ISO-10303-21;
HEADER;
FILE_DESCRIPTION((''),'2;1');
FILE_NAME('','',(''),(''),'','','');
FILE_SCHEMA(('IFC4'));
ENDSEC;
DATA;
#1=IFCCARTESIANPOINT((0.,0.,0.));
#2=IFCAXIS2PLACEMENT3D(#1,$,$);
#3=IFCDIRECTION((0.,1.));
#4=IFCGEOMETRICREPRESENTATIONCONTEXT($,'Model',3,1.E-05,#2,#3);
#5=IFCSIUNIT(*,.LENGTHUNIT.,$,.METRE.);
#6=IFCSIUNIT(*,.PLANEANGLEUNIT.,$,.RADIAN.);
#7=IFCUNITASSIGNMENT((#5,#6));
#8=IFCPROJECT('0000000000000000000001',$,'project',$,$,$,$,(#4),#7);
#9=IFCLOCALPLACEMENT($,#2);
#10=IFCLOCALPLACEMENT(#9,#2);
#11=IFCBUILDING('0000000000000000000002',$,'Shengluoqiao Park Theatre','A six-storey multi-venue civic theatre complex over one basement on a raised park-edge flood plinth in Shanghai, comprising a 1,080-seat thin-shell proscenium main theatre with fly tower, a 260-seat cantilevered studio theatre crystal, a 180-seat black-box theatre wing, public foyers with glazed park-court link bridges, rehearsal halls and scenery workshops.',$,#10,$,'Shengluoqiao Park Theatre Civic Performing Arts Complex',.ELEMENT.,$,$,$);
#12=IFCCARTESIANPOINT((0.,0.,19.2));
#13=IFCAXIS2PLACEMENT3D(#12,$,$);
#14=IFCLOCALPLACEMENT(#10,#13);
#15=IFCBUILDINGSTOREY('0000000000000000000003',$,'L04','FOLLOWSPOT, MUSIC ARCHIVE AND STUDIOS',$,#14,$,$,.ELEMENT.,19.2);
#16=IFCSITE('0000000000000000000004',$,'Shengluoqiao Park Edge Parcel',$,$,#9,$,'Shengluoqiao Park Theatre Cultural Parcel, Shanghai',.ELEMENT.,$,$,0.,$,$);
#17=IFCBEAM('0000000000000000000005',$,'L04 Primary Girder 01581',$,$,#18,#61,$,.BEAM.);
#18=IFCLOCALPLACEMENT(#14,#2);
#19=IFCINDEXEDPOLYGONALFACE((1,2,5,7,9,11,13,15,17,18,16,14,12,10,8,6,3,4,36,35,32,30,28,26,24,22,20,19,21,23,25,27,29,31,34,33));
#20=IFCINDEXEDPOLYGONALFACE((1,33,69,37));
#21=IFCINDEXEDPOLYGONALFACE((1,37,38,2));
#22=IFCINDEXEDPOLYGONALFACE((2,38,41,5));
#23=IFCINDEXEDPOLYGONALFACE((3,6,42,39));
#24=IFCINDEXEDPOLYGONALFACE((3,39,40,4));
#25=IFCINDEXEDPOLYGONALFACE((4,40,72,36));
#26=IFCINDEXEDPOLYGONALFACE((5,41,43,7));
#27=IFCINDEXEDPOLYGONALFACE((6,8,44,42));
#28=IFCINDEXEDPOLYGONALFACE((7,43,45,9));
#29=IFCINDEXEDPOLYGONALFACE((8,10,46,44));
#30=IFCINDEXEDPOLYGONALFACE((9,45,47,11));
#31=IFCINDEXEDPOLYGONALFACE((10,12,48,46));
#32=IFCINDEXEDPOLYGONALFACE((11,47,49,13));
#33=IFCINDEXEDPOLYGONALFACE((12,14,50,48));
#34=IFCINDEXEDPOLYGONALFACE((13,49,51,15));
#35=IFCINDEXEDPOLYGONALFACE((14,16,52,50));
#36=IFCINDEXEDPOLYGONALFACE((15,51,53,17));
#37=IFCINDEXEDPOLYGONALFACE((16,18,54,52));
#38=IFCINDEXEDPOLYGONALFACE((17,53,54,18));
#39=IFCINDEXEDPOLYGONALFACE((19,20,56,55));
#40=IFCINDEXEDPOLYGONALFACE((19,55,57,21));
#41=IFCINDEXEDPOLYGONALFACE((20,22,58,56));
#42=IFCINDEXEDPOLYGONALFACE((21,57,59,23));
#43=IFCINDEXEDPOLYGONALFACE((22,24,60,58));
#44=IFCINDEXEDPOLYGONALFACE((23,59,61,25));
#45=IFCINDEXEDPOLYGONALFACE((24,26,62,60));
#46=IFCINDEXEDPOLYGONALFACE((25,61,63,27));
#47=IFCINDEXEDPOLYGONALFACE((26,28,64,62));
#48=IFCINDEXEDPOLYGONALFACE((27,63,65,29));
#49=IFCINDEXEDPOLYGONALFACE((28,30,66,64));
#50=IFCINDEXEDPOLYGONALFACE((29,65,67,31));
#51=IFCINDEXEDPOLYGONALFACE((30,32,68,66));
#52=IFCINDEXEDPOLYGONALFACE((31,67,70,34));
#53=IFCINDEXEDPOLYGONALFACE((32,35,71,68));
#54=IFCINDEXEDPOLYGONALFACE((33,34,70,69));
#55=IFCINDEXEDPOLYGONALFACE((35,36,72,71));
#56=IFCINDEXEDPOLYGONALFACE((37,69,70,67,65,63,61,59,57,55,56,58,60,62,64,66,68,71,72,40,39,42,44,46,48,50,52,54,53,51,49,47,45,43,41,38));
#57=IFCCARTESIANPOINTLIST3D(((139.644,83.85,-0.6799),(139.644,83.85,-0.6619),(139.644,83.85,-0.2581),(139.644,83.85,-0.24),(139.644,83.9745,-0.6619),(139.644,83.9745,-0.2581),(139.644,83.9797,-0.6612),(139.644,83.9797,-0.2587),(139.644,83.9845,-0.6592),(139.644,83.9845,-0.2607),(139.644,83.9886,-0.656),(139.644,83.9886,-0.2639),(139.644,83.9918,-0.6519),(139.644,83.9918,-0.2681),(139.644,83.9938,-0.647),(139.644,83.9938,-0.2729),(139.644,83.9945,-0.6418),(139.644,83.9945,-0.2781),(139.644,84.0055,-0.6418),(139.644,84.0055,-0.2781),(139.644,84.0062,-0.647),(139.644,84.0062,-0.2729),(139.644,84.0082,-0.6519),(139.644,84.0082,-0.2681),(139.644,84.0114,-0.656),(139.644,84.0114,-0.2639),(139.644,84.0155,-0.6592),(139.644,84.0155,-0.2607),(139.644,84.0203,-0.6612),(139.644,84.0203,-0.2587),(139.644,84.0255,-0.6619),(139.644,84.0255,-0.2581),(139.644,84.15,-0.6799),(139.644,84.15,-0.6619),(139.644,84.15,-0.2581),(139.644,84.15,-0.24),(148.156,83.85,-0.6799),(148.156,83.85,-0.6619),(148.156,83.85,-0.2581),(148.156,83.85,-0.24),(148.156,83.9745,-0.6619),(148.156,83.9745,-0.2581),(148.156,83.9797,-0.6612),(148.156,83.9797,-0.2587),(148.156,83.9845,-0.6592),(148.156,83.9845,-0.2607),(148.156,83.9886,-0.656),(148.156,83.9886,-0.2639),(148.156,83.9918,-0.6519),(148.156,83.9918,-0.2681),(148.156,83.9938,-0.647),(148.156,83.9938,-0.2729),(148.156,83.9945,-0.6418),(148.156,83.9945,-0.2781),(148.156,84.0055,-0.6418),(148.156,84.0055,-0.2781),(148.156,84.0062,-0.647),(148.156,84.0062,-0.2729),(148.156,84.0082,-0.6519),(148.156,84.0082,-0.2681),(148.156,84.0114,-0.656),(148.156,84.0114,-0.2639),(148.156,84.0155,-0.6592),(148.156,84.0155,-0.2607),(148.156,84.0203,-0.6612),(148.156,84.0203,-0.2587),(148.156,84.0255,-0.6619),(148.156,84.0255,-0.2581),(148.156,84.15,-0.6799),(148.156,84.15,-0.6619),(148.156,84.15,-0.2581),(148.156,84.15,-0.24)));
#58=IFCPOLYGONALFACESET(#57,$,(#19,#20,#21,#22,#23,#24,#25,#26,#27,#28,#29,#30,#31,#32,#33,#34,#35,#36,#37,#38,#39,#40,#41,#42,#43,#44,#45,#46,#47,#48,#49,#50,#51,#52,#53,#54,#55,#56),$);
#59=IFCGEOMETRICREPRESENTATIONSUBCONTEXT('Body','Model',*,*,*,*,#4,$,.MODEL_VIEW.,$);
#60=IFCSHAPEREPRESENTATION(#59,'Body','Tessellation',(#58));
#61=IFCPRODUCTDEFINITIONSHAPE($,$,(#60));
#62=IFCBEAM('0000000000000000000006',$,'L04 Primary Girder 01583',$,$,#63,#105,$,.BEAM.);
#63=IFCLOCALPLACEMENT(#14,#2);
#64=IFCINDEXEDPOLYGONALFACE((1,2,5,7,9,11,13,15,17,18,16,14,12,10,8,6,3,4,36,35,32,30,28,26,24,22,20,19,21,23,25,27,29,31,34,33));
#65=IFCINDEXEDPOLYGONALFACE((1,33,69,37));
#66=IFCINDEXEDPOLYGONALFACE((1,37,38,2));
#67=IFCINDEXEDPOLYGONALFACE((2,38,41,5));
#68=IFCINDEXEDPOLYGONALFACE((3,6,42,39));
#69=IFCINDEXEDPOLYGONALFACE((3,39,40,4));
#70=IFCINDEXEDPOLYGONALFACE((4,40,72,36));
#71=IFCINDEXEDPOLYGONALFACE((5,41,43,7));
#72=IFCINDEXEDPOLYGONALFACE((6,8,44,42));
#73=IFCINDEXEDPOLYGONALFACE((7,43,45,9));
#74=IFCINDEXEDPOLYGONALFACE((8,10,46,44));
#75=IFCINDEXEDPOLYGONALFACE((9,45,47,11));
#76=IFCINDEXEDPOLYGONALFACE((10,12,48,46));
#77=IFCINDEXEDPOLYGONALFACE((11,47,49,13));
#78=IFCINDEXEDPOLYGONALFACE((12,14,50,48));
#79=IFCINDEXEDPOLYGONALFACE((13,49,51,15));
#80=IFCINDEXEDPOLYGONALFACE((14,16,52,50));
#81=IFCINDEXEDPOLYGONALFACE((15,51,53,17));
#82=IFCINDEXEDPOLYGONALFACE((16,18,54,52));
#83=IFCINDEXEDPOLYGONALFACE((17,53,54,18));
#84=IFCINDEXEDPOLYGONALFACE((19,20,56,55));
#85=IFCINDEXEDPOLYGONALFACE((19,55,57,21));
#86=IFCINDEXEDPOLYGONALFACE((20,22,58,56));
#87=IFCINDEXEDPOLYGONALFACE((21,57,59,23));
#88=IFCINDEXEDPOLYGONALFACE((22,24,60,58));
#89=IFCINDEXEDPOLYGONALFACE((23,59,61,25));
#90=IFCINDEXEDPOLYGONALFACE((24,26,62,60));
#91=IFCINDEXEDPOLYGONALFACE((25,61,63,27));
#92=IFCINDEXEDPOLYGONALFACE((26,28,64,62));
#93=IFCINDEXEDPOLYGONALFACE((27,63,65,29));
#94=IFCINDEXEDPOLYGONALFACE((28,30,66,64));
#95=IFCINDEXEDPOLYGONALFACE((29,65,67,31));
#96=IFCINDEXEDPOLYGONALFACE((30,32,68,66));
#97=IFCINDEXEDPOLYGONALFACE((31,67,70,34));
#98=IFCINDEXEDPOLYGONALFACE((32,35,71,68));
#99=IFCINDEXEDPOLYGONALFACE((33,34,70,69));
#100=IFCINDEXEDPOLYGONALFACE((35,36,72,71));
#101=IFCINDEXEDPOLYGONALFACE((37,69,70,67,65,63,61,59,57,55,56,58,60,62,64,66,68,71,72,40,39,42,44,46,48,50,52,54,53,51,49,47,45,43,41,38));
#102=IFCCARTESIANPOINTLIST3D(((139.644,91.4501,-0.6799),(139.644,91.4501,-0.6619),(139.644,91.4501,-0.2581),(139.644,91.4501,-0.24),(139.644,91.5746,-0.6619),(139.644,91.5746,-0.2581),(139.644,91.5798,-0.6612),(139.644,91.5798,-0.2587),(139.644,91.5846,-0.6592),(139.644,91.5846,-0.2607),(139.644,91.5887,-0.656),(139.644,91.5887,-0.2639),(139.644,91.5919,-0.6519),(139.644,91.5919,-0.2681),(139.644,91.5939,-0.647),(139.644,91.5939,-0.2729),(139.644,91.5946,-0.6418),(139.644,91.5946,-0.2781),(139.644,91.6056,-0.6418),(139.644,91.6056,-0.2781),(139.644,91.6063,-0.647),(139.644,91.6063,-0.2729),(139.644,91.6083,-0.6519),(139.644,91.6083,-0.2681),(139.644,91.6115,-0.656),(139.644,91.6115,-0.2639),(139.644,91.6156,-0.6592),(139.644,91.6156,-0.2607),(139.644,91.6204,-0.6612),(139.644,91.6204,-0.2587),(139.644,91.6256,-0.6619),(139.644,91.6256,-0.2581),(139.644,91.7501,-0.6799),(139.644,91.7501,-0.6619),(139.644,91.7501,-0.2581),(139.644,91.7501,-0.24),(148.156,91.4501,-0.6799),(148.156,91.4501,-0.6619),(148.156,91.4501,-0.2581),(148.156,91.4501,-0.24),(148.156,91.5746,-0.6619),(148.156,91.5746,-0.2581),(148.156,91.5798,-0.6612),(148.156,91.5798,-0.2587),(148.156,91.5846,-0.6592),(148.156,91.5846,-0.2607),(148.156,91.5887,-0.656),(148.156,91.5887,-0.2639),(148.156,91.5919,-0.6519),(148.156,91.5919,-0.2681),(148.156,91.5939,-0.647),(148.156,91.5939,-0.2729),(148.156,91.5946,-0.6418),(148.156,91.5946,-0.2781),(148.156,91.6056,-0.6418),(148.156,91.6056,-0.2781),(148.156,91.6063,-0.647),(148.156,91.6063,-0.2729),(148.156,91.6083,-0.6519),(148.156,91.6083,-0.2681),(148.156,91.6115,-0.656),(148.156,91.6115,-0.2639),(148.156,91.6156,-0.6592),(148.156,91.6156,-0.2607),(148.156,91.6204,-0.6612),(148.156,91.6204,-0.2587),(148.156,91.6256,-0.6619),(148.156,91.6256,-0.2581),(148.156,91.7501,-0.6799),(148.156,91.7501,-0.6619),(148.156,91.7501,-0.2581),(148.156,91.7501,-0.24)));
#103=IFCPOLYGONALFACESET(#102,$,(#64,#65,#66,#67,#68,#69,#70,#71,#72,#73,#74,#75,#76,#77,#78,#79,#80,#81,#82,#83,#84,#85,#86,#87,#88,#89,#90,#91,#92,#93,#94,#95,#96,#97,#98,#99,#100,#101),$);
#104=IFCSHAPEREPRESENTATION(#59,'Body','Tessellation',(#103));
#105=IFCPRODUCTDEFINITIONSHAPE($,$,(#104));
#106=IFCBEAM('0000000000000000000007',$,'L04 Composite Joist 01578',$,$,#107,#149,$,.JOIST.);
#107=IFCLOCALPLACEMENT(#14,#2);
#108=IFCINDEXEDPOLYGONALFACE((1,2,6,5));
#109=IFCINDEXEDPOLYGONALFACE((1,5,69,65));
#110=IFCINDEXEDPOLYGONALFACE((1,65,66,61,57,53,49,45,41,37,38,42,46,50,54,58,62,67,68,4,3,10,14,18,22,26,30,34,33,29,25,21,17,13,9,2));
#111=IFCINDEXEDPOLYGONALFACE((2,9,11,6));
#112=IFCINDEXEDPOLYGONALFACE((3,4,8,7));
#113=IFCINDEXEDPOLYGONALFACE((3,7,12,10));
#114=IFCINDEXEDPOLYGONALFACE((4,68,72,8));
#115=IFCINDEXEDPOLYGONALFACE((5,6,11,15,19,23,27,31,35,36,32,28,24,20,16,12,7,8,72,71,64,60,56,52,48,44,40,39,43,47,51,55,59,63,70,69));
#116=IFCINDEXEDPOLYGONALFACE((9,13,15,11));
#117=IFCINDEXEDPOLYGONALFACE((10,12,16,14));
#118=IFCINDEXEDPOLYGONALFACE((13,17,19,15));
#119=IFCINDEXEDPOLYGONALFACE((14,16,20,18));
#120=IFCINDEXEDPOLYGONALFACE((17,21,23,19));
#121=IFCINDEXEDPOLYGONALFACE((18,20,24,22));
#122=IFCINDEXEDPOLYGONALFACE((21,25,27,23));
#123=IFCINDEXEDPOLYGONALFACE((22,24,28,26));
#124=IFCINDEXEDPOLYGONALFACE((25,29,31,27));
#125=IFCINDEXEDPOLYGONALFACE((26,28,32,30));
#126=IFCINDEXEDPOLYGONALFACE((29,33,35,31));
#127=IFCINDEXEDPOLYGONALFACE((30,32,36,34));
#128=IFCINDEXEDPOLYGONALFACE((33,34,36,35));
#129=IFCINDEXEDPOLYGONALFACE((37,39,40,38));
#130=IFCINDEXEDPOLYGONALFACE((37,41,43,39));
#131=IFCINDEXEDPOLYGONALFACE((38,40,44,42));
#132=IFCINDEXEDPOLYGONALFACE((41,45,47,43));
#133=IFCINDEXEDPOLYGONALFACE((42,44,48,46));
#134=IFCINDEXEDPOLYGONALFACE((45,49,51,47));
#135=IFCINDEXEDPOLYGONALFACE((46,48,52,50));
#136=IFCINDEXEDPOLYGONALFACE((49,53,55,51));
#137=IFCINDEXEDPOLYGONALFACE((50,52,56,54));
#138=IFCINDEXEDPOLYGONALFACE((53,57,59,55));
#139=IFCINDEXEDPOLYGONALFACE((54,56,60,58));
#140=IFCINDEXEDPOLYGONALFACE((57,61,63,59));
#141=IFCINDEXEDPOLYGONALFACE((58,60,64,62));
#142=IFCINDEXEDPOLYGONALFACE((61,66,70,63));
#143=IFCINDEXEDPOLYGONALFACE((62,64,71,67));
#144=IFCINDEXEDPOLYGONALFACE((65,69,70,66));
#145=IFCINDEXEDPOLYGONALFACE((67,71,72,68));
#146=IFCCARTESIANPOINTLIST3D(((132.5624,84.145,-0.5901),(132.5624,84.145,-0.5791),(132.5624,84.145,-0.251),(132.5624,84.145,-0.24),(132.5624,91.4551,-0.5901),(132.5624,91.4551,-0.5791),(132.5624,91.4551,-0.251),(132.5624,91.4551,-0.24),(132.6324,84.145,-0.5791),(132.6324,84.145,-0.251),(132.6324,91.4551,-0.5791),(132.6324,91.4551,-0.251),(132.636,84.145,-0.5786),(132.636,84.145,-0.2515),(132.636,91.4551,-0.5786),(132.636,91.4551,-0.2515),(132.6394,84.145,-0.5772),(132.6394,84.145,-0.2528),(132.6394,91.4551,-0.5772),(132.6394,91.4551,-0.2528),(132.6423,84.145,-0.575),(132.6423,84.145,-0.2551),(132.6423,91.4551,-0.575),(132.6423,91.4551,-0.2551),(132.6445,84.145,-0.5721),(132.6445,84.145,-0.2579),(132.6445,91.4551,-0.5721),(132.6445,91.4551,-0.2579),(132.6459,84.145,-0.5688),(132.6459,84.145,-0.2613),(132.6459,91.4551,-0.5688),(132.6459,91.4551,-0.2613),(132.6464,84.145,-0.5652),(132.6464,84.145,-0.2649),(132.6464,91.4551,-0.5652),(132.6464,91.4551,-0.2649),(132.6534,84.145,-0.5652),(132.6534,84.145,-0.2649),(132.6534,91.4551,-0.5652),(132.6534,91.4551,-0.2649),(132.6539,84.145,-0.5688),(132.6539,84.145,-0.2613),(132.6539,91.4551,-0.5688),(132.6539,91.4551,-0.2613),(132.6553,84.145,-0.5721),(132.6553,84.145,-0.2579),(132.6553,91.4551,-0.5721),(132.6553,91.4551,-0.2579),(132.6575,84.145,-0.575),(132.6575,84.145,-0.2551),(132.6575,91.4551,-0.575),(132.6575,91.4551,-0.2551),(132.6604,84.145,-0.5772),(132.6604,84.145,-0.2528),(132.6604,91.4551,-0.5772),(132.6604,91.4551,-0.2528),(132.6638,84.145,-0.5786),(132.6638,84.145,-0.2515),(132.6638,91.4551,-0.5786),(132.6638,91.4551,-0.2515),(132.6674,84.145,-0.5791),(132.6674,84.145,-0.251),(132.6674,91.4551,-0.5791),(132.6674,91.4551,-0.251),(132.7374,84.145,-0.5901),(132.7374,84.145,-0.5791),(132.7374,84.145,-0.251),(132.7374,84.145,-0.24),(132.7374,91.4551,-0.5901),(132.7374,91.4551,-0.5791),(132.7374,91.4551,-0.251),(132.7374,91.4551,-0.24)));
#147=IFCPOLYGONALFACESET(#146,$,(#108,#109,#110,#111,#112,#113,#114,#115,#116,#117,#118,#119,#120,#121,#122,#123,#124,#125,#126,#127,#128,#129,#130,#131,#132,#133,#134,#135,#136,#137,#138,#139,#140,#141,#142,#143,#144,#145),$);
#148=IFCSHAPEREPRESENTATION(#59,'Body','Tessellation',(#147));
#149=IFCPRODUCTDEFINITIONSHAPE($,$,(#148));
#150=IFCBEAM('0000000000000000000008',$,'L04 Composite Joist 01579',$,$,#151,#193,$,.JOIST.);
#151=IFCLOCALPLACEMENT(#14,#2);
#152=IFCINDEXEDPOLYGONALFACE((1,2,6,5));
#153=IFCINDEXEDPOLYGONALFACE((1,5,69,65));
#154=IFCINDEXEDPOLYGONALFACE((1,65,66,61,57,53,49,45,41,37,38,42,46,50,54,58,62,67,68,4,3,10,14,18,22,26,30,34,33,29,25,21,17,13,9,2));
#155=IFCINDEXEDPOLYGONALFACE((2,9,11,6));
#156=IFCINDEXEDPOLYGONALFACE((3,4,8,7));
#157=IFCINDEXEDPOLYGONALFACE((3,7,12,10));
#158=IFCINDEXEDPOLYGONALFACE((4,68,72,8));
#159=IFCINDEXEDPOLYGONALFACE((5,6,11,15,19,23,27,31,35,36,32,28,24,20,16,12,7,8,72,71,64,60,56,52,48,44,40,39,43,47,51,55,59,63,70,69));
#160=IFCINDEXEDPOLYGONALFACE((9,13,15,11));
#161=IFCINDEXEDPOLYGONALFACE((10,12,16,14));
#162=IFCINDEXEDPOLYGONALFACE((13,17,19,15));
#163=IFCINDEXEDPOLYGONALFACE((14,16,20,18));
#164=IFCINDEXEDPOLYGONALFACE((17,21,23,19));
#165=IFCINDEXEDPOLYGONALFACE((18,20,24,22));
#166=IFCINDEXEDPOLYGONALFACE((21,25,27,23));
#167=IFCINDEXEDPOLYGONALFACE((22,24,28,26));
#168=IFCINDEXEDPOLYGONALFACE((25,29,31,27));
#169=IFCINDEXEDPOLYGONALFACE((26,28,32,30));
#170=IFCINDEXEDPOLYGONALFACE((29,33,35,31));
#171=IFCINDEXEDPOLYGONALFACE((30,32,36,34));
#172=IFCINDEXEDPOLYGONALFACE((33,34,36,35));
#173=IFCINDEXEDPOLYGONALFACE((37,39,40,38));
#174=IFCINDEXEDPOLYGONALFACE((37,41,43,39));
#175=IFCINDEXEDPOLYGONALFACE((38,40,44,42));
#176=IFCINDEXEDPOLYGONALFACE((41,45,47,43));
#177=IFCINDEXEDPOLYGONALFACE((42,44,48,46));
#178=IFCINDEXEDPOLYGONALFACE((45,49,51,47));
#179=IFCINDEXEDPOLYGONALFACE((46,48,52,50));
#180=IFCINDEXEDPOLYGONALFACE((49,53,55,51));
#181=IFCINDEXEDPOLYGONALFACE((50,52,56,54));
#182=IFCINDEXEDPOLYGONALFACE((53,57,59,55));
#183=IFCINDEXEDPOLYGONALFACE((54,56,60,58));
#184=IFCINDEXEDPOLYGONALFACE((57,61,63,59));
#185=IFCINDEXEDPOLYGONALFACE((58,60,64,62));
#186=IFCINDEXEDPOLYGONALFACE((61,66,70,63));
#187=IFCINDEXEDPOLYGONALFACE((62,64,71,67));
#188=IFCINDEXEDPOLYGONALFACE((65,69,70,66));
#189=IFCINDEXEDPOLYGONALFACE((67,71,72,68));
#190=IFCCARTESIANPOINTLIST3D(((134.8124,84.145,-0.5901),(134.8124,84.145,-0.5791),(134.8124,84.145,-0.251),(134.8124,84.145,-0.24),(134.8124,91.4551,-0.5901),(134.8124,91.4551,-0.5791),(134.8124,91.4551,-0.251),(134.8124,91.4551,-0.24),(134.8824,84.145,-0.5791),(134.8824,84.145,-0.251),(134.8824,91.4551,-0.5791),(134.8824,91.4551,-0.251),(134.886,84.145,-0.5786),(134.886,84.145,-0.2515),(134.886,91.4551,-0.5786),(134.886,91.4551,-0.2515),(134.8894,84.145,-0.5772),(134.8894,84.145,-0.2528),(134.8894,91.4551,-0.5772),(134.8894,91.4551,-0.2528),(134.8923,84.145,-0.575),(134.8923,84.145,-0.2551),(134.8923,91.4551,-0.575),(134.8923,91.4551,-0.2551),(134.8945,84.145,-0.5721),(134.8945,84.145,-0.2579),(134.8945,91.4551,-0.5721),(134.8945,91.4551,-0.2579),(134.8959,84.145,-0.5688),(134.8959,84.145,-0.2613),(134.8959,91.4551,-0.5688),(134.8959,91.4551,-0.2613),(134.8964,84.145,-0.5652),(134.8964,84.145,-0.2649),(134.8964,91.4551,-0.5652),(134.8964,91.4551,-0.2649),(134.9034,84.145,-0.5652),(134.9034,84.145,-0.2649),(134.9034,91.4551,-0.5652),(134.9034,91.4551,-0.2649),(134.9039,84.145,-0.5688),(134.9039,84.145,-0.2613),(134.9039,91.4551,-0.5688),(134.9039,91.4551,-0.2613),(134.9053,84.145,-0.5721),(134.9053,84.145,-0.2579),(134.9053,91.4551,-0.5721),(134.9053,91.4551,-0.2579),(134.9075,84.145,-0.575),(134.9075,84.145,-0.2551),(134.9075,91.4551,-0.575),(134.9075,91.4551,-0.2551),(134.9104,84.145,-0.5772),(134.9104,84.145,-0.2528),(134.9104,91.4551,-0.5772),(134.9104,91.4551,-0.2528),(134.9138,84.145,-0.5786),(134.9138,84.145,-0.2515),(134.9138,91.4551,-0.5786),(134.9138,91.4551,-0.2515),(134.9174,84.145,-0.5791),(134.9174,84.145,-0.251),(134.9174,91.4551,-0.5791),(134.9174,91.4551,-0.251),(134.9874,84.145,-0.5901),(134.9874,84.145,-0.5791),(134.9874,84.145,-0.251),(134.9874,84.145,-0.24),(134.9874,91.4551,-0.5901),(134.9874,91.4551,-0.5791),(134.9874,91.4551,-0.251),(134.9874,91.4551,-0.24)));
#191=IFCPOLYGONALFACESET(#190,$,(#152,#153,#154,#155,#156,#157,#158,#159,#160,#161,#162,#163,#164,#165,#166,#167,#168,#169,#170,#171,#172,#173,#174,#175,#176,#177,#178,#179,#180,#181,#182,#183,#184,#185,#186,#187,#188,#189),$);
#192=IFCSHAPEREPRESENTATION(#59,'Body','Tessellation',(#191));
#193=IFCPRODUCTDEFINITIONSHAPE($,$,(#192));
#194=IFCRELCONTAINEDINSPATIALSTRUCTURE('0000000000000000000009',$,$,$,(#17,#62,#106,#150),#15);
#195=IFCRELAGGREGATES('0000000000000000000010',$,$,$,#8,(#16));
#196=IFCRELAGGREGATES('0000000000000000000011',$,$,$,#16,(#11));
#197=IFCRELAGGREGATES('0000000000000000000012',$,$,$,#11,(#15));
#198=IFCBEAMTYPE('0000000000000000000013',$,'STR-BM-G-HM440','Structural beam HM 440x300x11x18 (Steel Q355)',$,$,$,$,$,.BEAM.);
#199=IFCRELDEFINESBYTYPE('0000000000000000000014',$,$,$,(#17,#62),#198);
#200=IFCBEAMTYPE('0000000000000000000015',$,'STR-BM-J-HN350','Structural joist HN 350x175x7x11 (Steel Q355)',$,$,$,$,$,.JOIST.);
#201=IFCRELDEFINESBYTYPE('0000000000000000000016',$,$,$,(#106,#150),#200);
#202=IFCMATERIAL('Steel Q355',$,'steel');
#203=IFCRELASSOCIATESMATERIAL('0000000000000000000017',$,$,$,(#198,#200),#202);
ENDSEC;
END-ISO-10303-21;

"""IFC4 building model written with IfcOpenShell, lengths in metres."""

from ifc_helpers import new_model, si_unit, direction, frame, origin, origin_2d, place, context, subcontext, project, spatial, i_section, extrude, material, material_profile, profile_set, type_object, element, save


model = new_model("IFC4")

# Units and contexts
model_context = context("Model", 3, precision=1e-05, world=origin(), true_north=direction((0.0, 1.0)))
body_context = subcontext(model_context, "Body", "Model", "MODEL_VIEW")
ifc_project = project(units=[si_unit("LENGTHUNIT", "METRE"), si_unit("PLANEANGLEUNIT", "RADIAN")], contexts=[model_context])

# Site, building, storey
site_placement = place(None, origin())
site = spatial("IfcSite", under=ifc_project, at=site_placement, Name="Shengluoqiao Park Edge Parcel", LongName="Shengluoqiao Park Theatre Cultural Parcel, Shanghai", CompositionType="ELEMENT", RefElevation=0.0)
building_placement = place(site_placement, origin())
building = spatial("IfcBuilding", under=site, at=building_placement, Name="Shengluoqiao Park Theatre", Description="A six-storey multi-venue civic theatre complex over one basement on a raised park-edge flood plinth in Shanghai, comprising a 1,080-seat thin-shell proscenium main theatre with fly tower, a 260-seat cantilevered studio theatre crystal, a 180-seat black-box theatre wing, public foyers with glazed park-court link bridges, rehearsal halls and scenery workshops.", LongName="Shengluoqiao Park Theatre Civic Performing Arts Complex", CompositionType="ELEMENT")
storey_placement = place(building_placement, frame((0.0, 0.0, 19.2)))
storey = spatial("IfcBuildingStorey", under=building, at=storey_placement, Name="L04", Description="FOLLOWSPOT, MUSIC ARCHIVE AND STUDIOS", CompositionType="ELEMENT", Elevation=19.2)

# Shared definitions
ifc_material_1 = material(Name="Steel Q355", Category="steel")

# Beams
ifc_material_profile_1 = material_profile(ifc_material_1, i_section(OverallWidth=0.3, OverallDepth=0.4399, WebThickness=0.011, FlangeThickness=0.0181, FilletRadius=0.02, at=origin_2d()), Name="HM 440x300x11x18")
ifc_profile_set_1 = profile_set([ifc_material_profile_1], Name="Steel Q355")
beam_type_1 = type_object("IfcBeamType", Name="STR-BM-G-HM440", Description="Structural beam HM 440x300x11x18 (Steel Q355)", PredefinedType="BEAM", material=ifc_profile_set_1)
for number, where, z_axis, x_axis, name in (
    (1, (139.644, 84.0, -0.46), (1.0, 0.0, 0.0), (0.0, 1.0, 0.0), "L04 Primary Girder 01581"),
    (2, (139.644, 91.6001, -0.46), (1.0, 0.0, 0.0), (0.0, 1.0, 0.0), "L04 Primary Girder 01583"),
):
    element("IfcBeam", number, at=place(storey_placement, frame(where, z_axis=z_axis, x_axis=x_axis)), inside=storey, type_object=beam_type_1, Name=name, PredefinedType="BEAM", context=body_context, shape_type="SweptSolid", body=[
        extrude(i_section(OverallWidth=0.3, OverallDepth=0.4399, WebThickness=0.011, FlangeThickness=0.0181, FilletRadius=0.02, at=origin_2d()), origin(), (0.0, 0.0, 1.0), 8.512),
    ])
ifc_material_profile_2 = material_profile(ifc_material_1, i_section(OverallWidth=0.175, OverallDepth=0.3501, WebThickness=0.0071, FlangeThickness=0.011, FilletRadius=0.0139, at=origin_2d()), Name="HN 350x175x7x11")
ifc_profile_set_2 = profile_set([ifc_material_profile_2], Name="Steel Q355")
beam_type_2 = type_object("IfcBeamType", Name="STR-BM-J-HN350", Description="Structural joist HN 350x175x7x11 (Steel Q355)", PredefinedType="JOIST", material=ifc_profile_set_2)
for number, where, z_axis, x_axis, name in (
    (3, (132.6499, 84.145, -0.415), (0.0, 1.0, 0.0), (-1.0, 0.0, 0.0), "L04 Composite Joist 01578"),
    (4, (134.8999, 84.145, -0.415), (0.0, 1.0, 0.0), (-1.0, 0.0, 0.0), "L04 Composite Joist 01579"),
):
    element("IfcBeam", number, at=place(storey_placement, frame(where, z_axis=z_axis, x_axis=x_axis)), inside=storey, type_object=beam_type_2, Name=name, PredefinedType="JOIST", context=body_context, shape_type="SweptSolid", body=[
        extrude(i_section(OverallWidth=0.175, OverallDepth=0.3501, WebThickness=0.0071, FlangeThickness=0.011, FilletRadius=0.0139, at=origin_2d()), origin(), (0.0, 0.0, 1.0), 7.3101),
    ])

save(model, "model.ifc")
